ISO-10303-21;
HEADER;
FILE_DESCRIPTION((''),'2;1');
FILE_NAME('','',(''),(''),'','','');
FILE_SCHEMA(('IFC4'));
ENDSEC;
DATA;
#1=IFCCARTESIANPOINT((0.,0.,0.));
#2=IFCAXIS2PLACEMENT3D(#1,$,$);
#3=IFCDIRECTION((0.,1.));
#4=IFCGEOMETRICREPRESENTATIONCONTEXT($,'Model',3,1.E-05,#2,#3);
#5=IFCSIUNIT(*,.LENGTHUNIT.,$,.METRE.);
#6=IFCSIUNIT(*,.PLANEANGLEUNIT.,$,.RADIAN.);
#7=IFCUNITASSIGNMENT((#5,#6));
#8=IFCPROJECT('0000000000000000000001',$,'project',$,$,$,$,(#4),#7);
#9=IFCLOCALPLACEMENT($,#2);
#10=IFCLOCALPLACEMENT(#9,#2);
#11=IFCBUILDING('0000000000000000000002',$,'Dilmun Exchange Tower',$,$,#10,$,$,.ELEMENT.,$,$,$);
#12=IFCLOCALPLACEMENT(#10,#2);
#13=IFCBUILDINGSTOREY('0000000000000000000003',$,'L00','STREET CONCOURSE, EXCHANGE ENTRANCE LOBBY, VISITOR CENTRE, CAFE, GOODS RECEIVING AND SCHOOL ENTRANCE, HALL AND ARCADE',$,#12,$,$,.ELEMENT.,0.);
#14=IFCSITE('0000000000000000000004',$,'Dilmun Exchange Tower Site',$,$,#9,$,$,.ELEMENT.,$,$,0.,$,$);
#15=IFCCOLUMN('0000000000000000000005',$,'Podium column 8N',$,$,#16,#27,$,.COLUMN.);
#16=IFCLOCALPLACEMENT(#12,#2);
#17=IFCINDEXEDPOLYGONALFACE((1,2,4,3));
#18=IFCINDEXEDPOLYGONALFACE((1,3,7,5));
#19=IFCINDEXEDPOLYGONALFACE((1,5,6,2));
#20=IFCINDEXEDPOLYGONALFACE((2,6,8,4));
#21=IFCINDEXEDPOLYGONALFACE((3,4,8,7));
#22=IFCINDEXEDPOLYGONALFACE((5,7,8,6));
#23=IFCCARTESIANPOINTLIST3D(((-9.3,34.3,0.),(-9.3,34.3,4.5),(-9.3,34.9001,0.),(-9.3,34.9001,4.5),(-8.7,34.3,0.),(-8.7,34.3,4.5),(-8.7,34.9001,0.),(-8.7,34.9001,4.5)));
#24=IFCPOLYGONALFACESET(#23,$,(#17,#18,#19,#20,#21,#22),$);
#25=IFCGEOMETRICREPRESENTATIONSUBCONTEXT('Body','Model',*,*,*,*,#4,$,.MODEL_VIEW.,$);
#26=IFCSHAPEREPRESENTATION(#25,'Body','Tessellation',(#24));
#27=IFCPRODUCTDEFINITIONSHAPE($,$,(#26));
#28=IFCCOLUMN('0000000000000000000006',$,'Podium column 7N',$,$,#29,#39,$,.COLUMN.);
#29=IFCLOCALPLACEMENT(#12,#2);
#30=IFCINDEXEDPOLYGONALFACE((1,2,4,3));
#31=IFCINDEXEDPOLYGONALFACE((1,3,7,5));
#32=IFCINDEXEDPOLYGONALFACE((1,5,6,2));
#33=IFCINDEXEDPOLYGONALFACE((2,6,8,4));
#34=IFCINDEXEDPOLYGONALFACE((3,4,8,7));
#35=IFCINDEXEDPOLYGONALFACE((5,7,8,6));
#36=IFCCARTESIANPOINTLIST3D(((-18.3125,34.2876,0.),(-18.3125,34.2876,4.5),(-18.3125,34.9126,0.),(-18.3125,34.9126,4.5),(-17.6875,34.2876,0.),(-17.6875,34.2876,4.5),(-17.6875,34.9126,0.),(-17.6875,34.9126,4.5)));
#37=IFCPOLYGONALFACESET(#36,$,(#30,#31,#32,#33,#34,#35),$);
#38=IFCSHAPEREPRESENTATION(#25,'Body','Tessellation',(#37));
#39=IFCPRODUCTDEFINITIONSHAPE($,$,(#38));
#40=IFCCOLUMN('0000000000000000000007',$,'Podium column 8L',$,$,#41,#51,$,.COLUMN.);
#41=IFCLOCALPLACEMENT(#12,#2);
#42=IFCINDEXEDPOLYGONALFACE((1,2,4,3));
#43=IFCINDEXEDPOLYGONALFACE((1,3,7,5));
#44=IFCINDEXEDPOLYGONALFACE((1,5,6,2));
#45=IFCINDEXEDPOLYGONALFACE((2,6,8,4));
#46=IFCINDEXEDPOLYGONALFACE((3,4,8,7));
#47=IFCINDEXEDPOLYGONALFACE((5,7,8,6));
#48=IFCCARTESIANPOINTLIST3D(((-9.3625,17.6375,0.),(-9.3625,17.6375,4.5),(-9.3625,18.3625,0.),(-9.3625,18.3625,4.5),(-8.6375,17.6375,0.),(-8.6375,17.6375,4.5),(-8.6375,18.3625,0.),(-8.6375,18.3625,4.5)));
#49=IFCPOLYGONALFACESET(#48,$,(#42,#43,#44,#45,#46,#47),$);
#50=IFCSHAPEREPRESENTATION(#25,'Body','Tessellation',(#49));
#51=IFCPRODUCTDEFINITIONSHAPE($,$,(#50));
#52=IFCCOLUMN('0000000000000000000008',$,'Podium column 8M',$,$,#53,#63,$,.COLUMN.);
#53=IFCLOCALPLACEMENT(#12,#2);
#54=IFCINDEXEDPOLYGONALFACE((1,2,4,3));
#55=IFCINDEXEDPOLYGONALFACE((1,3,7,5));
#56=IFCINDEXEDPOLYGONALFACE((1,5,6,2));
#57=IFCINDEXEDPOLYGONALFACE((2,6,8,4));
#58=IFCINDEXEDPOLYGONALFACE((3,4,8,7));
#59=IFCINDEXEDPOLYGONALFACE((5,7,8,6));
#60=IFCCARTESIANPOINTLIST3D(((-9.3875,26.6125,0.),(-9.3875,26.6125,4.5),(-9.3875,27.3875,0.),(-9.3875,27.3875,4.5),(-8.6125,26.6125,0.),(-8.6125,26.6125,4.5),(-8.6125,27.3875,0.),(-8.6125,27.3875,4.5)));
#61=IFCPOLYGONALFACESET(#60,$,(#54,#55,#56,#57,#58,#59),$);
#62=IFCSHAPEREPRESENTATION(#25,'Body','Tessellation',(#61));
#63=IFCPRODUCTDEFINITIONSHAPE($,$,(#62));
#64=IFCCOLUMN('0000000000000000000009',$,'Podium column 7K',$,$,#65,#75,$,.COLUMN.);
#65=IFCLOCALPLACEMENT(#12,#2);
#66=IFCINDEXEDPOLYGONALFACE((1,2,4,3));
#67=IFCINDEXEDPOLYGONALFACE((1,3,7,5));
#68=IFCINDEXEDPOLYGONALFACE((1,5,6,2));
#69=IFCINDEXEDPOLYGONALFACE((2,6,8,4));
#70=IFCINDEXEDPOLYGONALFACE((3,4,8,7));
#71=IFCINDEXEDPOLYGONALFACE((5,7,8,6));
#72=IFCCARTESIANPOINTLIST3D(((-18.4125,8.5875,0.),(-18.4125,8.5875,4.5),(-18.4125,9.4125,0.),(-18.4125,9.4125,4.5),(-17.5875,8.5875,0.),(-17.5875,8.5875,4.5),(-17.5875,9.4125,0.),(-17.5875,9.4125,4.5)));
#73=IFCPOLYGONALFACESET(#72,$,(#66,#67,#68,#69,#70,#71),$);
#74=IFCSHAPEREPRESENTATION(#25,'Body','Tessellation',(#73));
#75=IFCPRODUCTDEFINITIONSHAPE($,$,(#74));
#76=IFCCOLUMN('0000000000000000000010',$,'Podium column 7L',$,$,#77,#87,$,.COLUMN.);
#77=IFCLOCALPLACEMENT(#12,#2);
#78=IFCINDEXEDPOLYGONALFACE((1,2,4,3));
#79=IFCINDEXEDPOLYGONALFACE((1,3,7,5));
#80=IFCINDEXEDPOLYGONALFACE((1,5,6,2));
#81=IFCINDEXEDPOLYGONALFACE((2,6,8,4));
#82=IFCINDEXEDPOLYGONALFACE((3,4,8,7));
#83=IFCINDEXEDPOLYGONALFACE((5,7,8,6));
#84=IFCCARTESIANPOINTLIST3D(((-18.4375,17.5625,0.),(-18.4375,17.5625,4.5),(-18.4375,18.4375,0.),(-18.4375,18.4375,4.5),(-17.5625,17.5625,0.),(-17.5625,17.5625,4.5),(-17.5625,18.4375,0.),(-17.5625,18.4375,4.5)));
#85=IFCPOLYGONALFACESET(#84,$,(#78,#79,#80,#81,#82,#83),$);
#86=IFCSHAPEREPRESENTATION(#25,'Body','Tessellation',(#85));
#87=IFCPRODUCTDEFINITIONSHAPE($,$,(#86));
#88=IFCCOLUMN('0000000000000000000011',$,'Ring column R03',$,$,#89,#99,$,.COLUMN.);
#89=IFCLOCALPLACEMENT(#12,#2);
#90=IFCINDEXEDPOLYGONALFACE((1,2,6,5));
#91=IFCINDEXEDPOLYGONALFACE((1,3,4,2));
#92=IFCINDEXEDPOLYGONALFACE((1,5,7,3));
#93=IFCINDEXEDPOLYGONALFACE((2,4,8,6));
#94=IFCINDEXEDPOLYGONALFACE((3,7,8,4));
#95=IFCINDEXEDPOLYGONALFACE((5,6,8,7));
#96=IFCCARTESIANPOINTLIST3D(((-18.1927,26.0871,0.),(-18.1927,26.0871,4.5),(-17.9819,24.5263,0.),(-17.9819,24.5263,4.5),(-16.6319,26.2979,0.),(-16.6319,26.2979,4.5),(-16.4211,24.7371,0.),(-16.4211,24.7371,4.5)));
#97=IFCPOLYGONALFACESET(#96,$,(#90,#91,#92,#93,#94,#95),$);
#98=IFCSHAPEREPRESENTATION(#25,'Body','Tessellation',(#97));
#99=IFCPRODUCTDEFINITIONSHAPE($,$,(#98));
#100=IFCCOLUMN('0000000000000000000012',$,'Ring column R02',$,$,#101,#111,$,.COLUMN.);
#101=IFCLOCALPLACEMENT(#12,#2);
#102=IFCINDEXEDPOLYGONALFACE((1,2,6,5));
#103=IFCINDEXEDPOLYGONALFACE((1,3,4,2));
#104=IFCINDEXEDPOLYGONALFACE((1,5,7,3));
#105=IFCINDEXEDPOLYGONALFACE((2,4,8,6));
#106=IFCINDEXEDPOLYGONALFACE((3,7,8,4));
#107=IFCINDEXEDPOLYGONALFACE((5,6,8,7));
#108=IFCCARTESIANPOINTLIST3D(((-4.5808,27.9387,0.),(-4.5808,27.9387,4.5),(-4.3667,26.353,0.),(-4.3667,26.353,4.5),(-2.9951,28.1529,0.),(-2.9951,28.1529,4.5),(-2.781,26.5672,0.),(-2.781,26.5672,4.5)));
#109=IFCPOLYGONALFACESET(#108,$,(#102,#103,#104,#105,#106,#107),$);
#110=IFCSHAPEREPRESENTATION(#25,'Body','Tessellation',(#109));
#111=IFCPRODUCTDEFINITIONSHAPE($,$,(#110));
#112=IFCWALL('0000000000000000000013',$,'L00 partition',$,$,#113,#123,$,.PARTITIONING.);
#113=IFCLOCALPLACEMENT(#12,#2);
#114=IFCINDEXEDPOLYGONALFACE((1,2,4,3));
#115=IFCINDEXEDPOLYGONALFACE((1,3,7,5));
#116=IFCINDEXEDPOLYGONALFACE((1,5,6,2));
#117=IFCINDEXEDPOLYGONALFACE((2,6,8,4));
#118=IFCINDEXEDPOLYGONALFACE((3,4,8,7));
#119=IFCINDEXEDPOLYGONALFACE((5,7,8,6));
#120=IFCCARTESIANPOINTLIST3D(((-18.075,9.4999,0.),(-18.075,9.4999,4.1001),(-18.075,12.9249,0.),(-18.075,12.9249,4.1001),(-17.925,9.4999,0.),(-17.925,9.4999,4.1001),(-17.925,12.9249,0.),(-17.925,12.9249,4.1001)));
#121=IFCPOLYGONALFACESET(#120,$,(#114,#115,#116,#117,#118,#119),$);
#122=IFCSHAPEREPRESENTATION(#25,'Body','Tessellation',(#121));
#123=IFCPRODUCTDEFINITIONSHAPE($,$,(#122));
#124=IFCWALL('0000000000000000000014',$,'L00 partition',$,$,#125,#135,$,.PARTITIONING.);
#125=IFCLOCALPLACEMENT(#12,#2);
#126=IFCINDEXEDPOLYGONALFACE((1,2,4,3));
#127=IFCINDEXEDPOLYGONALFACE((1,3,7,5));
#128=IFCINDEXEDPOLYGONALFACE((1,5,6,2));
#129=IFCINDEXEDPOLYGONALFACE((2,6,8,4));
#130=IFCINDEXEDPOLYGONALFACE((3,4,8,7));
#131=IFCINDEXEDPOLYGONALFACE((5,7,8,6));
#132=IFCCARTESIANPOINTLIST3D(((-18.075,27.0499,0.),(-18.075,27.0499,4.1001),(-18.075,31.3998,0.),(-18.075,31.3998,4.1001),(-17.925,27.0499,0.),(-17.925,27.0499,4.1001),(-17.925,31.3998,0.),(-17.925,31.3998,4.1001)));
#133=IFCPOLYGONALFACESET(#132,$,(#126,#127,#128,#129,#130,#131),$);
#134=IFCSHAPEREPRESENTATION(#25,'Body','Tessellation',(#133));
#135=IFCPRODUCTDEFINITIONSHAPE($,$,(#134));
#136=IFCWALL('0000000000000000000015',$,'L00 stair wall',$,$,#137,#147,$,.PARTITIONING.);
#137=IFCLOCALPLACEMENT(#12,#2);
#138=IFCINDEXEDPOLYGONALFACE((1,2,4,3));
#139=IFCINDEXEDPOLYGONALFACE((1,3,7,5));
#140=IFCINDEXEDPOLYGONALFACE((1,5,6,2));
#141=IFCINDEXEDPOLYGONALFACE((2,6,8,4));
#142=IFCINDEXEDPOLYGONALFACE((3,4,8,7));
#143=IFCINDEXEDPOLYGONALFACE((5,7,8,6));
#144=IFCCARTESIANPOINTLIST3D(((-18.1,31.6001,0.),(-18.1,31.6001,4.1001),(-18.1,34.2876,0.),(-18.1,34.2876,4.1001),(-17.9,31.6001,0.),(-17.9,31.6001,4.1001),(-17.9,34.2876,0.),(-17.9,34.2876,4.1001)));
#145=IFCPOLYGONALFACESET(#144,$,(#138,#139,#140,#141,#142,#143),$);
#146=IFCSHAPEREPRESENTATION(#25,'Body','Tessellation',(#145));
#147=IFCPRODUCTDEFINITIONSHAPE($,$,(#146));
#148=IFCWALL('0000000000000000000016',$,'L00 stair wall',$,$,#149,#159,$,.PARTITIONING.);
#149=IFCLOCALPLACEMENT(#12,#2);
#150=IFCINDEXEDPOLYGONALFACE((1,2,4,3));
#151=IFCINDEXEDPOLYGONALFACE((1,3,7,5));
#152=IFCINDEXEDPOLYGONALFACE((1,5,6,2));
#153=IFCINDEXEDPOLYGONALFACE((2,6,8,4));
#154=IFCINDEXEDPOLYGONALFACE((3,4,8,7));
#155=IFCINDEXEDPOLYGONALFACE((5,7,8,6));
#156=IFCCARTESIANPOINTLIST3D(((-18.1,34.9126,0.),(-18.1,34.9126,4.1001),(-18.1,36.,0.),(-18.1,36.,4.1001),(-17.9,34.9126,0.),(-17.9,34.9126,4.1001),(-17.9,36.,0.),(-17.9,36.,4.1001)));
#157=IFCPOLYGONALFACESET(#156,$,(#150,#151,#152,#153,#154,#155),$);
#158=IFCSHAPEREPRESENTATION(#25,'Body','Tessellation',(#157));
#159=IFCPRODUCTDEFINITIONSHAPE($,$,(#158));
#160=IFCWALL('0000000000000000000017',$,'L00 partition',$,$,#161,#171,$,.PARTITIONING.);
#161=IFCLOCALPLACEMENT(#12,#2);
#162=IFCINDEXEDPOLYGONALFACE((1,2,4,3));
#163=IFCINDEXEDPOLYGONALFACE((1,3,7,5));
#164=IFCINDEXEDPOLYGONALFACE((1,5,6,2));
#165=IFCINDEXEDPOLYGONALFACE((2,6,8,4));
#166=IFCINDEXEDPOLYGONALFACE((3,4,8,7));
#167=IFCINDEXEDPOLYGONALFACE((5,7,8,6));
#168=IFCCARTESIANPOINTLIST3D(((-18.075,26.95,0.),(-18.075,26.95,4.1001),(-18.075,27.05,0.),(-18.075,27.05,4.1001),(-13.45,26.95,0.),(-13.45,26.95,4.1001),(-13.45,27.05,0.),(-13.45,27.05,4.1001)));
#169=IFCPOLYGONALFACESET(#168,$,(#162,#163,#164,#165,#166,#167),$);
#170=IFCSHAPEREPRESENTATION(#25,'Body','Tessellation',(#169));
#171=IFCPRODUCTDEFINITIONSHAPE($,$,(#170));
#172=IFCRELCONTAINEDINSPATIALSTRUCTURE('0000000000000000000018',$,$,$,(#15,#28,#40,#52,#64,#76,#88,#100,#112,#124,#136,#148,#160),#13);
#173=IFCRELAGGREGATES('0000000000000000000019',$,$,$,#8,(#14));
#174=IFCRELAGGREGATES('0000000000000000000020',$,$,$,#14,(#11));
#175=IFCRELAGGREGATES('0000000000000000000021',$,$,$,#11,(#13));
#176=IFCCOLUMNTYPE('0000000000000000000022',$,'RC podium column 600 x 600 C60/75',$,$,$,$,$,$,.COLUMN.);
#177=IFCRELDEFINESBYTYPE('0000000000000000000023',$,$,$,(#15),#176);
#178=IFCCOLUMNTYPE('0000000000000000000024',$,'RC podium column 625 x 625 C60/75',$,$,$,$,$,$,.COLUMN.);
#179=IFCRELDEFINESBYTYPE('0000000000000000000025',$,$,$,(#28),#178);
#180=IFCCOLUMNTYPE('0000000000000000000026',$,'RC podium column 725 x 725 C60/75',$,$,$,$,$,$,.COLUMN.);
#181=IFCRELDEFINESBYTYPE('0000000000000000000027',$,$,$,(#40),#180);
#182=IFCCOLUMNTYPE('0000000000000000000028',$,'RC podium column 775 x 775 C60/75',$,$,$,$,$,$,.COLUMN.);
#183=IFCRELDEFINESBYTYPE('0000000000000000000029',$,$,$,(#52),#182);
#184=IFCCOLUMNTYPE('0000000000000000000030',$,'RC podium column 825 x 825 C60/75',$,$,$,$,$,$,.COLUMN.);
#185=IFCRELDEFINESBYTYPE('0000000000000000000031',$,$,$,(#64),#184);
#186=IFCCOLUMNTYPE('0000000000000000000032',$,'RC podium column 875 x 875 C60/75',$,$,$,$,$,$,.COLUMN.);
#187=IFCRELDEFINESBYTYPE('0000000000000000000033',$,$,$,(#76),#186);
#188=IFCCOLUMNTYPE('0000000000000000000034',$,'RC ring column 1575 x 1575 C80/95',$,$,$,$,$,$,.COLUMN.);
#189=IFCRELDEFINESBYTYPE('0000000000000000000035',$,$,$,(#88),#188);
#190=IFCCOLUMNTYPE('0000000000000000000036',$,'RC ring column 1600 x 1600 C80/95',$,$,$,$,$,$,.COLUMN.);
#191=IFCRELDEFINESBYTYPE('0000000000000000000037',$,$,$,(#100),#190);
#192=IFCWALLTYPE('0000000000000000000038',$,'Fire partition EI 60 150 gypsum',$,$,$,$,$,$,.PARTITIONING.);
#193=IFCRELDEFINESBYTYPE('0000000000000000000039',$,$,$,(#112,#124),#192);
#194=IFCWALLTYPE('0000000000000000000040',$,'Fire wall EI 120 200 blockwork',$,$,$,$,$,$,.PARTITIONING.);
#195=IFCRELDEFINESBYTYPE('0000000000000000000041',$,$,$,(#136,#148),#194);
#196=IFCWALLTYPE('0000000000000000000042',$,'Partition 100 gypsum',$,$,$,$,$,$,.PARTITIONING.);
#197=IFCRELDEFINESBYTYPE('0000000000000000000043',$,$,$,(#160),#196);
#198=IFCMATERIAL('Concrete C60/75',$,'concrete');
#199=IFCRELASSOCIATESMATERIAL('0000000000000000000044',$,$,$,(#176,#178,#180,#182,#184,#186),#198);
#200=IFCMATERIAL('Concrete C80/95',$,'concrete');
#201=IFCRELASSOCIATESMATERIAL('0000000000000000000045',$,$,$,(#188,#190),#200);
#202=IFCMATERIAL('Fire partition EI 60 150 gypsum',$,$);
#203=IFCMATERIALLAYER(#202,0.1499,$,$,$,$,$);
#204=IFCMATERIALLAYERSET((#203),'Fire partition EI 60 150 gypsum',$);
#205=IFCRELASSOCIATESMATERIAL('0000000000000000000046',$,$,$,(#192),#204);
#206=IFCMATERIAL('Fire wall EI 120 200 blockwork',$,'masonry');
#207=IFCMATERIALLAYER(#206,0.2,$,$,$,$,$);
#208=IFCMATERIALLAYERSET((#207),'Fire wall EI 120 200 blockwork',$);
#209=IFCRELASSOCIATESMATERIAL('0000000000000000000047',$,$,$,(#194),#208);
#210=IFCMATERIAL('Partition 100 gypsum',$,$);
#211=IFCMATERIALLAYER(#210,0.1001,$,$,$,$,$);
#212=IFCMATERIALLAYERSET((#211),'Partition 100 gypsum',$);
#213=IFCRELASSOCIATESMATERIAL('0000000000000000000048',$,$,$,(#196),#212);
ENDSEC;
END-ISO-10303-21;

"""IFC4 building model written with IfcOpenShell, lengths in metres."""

from ifc_helpers import new_model, si_unit, direction, frame, frame_2d, origin, origin_2d, place, context, subcontext, project, spatial, rectangle, extrude, material, layer, layer_set, material_profile, profile_set, type_object, element, save


model = new_model("IFC4")

# Units and contexts
model_context = context("Model", 3, precision=1e-05, world=origin(), true_north=direction((0.0, 1.0)))
body_context = subcontext(model_context, "Body", "Model", "MODEL_VIEW")
ifc_project = project(units=[si_unit("LENGTHUNIT", "METRE"), si_unit("PLANEANGLEUNIT", "RADIAN")], contexts=[model_context])

# Site, building, storey
site_placement = place(None, origin())
site = spatial("IfcSite", under=ifc_project, at=site_placement, Name="Dilmun Exchange Tower Site", CompositionType="ELEMENT", RefElevation=0.0)
building_placement = place(site_placement, origin())
building = spatial("IfcBuilding", under=site, at=building_placement, Name="Dilmun Exchange Tower", CompositionType="ELEMENT")
storey_placement = place(building_placement, origin())
storey = spatial("IfcBuildingStorey", under=building, at=storey_placement, Name="L00", Description="STREET CONCOURSE, EXCHANGE ENTRANCE LOBBY, VISITOR CENTRE, CAFE, GOODS RECEIVING AND SCHOOL ENTRANCE, HALL AND ARCADE", CompositionType="ELEMENT", Elevation=0.0)

# Columns
ifc_material_1 = material(Name="Concrete C60/75", Category="concrete")
ifc_material_profile_1 = material_profile(ifc_material_1, rectangle(XDim=0.6001, YDim=0.6001, at=origin_2d()), Name="600 x 600")
ifc_profile_set_1 = profile_set([ifc_material_profile_1], Name="Concrete C60/75")
column_type_1 = type_object("IfcColumnType", Name="RC podium column 600 x 600 C60/75", PredefinedType="COLUMN", material=ifc_profile_set_1)
column_1_placement = place(storey_placement, frame((-9.0, 34.6001, 0.0), z_axis=(0.0, 0.0, 1.0), x_axis=(1.0, 0.0, 0.0)))
element("IfcColumn", 1, at=column_1_placement, inside=storey, type_object=column_type_1, Name="Podium column 8N", PredefinedType="COLUMN", context=body_context, shape_type="SweptSolid", body=[
    extrude(rectangle(XDim=0.6001, YDim=0.6001, at=origin_2d()), origin(), (0.0, 0.0, 1.0), 4.5),
])
ifc_material_profile_2 = material_profile(ifc_material_1, rectangle(XDim=0.625, YDim=0.625, at=origin_2d()), Name="625 x 625")
ifc_profile_set_2 = profile_set([ifc_material_profile_2], Name="Concrete C60/75")
column_type_2 = type_object("IfcColumnType", Name="RC podium column 625 x 625 C60/75", PredefinedType="COLUMN", material=ifc_profile_set_2)
column_2_placement = place(storey_placement, frame((-18.0, 34.6001, 0.0), z_axis=(0.0, 0.0, 1.0), x_axis=(1.0, 0.0, 0.0)))
element("IfcColumn", 2, at=column_2_placement, inside=storey, type_object=column_type_2, Name="Podium column 7N", PredefinedType="COLUMN", context=body_context, shape_type="SweptSolid", body=[
    extrude(rectangle(XDim=0.625, YDim=0.625, at=origin_2d()), origin(), (0.0, 0.0, 1.0), 4.5),
])
ifc_material_profile_3 = material_profile(ifc_material_1, rectangle(XDim=0.7251, YDim=0.7251, at=origin_2d()), Name="725 x 725")
ifc_profile_set_3 = profile_set([ifc_material_profile_3], Name="Concrete C60/75")
column_type_3 = type_object("IfcColumnType", Name="RC podium column 725 x 725 C60/75", PredefinedType="COLUMN", material=ifc_profile_set_3)
column_3_placement = place(storey_placement, frame((-9.0, 18.0, 0.0), z_axis=(0.0, 0.0, 1.0), x_axis=(1.0, 0.0, 0.0)))
element("IfcColumn", 3, at=column_3_placement, inside=storey, type_object=column_type_3, Name="Podium column 8L", PredefinedType="COLUMN", context=body_context, shape_type="SweptSolid", body=[
    extrude(rectangle(XDim=0.7251, YDim=0.7251, at=origin_2d()), origin(), (0.0, 0.0, 1.0), 4.5),
])
ifc_material_profile_4 = material_profile(ifc_material_1, rectangle(XDim=0.7749, YDim=0.7749, at=origin_2d()), Name="775 x 775")
ifc_profile_set_4 = profile_set([ifc_material_profile_4], Name="Concrete C60/75")
column_type_4 = type_object("IfcColumnType", Name="RC podium column 775 x 775 C60/75", PredefinedType="COLUMN", material=ifc_profile_set_4)
column_4_placement = place(storey_placement, frame((-9.0, 27.0, 0.0), z_axis=(0.0, 0.0, 1.0), x_axis=(1.0, 0.0, 0.0)))
element("IfcColumn", 4, at=column_4_placement, inside=storey, type_object=column_type_4, Name="Podium column 8M", PredefinedType="COLUMN", context=body_context, shape_type="SweptSolid", body=[
    extrude(rectangle(XDim=0.7749, YDim=0.7749, at=origin_2d()), origin(), (0.0, 0.0, 1.0), 4.5),
])
ifc_material_profile_5 = material_profile(ifc_material_1, rectangle(XDim=0.825, YDim=0.825, at=origin_2d()), Name="825 x 825")
ifc_profile_set_5 = profile_set([ifc_material_profile_5], Name="Concrete C60/75")
column_type_5 = type_object("IfcColumnType", Name="RC podium column 825 x 825 C60/75", PredefinedType="COLUMN", material=ifc_profile_set_5)
column_5_placement = place(storey_placement, frame((-18.0, 9.0, 0.0), z_axis=(0.0, 0.0, 1.0), x_axis=(1.0, 0.0, 0.0)))
element("IfcColumn", 5, at=column_5_placement, inside=storey, type_object=column_type_5, Name="Podium column 7K", PredefinedType="COLUMN", context=body_context, shape_type="SweptSolid", body=[
    extrude(rectangle(XDim=0.825, YDim=0.825, at=origin_2d()), origin(), (0.0, 0.0, 1.0), 4.5),
])
ifc_material_profile_6 = material_profile(ifc_material_1, rectangle(XDim=0.875, YDim=0.875, at=origin_2d()), Name="875 x 875")
ifc_profile_set_6 = profile_set([ifc_material_profile_6], Name="Concrete C60/75")
column_type_6 = type_object("IfcColumnType", Name="RC podium column 875 x 875 C60/75", PredefinedType="COLUMN", material=ifc_profile_set_6)
column_6_placement = place(storey_placement, frame((-18.0, 18.0, 0.0), z_axis=(0.0, 0.0, 1.0), x_axis=(1.0, 0.0, 0.0)))
element("IfcColumn", 6, at=column_6_placement, inside=storey, type_object=column_type_6, Name="Podium column 7L", PredefinedType="COLUMN", context=body_context, shape_type="SweptSolid", body=[
    extrude(rectangle(XDim=0.875, YDim=0.875, at=origin_2d()), origin(), (0.0, 0.0, 1.0), 4.5),
])
ifc_material_2 = material(Name="Concrete C80/95", Category="concrete")
ifc_material_profile_7 = material_profile(ifc_material_2, rectangle(XDim=1.575, YDim=1.575, at=origin_2d()), Name="1575 x 1575")
ifc_profile_set_7 = profile_set([ifc_material_profile_7], Name="Concrete C80/95")
column_type_7 = type_object("IfcColumnType", Name="RC ring column 1575 x 1575 C80/95", PredefinedType="COLUMN", material=ifc_profile_set_7)
column_7_placement = place(storey_placement, frame((-17.3069, 25.4121, 0.0), z_axis=(0.0, 0.0, 1.0), x_axis=(0.991001, 0.133853, 0.0)))
element("IfcColumn", 7, at=column_7_placement, inside=storey, type_object=column_type_7, Name="Ring column R03", PredefinedType="COLUMN", context=body_context, shape_type="SweptSolid", body=[
    extrude(rectangle(XDim=1.575, YDim=1.575, at=origin_2d()), origin(), (0.0, 0.0, 1.0), 4.5),
])
ifc_material_profile_8 = material_profile(ifc_material_2, rectangle(XDim=1.6001, YDim=1.6001, at=origin_2d()), Name="1600 x 1600")
ifc_profile_set_8 = profile_set([ifc_material_profile_8], Name="Concrete C80/95")
column_type_8 = type_object("IfcColumnType", Name="RC ring column 1600 x 1600 C80/95", PredefinedType="COLUMN", material=ifc_profile_set_8)
column_8_placement = place(storey_placement, frame((-3.6809, 27.2529, 0.0), z_axis=(0.0, 0.0, 1.0), x_axis=(0.991001, 0.133853, 0.0)))
element("IfcColumn", 8, at=column_8_placement, inside=storey, type_object=column_type_8, Name="Ring column R02", PredefinedType="COLUMN", context=body_context, shape_type="SweptSolid", body=[
    extrude(rectangle(XDim=1.6001, YDim=1.6001, at=origin_2d()), origin(), (0.0, 0.0, 1.0), 4.5),
])

# Walls
ifc_material_3 = material(Name="Fire partition EI 60 150 gypsum")
ifc_layer_1 = layer(ifc_material_3, 0.1499)
ifc_layer_set_1 = layer_set([ifc_layer_1], Name="Fire partition EI 60 150 gypsum")
wall_type_1 = type_object("IfcWallType", Name="Fire partition EI 60 150 gypsum", PredefinedType="PARTITIONING", material=ifc_layer_set_1)
wall_1_placement = place(storey_placement, frame((-18.0, 9.5, 0.0), z_axis=(0.0, 0.0, 1.0), x_axis=(0.0, 1.0, 0.0)))
element("IfcWall", 9, at=wall_1_placement, inside=storey, type_object=wall_type_1, Name="L00 partition", PredefinedType="PARTITIONING", context=body_context, shape_type="SweptSolid", body=[
    extrude(rectangle(XDim=3.425, YDim=0.1499, at=frame_2d((1.7124, 0.0))), origin(), (0.0, 0.0, 1.0), 4.1001),
])
wall_2_placement = place(storey_placement, frame((-18.0, 27.05, 0.0), z_axis=(0.0, 0.0, 1.0), x_axis=(0.0, 1.0, 0.0)))
element("IfcWall", 10, at=wall_2_placement, inside=storey, type_object=wall_type_1, Name="L00 partition", PredefinedType="PARTITIONING", context=body_context, shape_type="SweptSolid", body=[
    extrude(rectangle(XDim=4.3499, YDim=0.1499, at=frame_2d((2.1748, 0.0))), origin(), (0.0, 0.0, 1.0), 4.1001),
])
ifc_material_4 = material(Name="Fire wall EI 120 200 blockwork", Category="masonry")
ifc_layer_2 = layer(ifc_material_4, 0.2)
ifc_layer_set_2 = layer_set([ifc_layer_2], Name="Fire wall EI 120 200 blockwork")
wall_type_2 = type_object("IfcWallType", Name="Fire wall EI 120 200 blockwork", PredefinedType="PARTITIONING", material=ifc_layer_set_2)
wall_3_placement = place(storey_placement, frame((-18.0, 31.6001, 0.0), z_axis=(0.0, 0.0, 1.0), x_axis=(0.0, 1.0, 0.0)))
element("IfcWall", 11, at=wall_3_placement, inside=storey, type_object=wall_type_2, Name="L00 stair wall", PredefinedType="PARTITIONING", context=body_context, shape_type="SweptSolid", body=[
    extrude(rectangle(XDim=2.6875, YDim=0.2, at=frame_2d((1.3438, 0.0))), origin(), (0.0, 0.0, 1.0), 4.1001),
])
wall_4_placement = place(storey_placement, frame((-18.0, 34.9126, 0.0), z_axis=(0.0, 0.0, 1.0), x_axis=(0.0, 1.0, 0.0)))
element("IfcWall", 12, at=wall_4_placement, inside=storey, type_object=wall_type_2, Name="L00 stair wall", PredefinedType="PARTITIONING", context=body_context, shape_type="SweptSolid", body=[
    extrude(rectangle(XDim=1.0874, YDim=0.2, at=frame_2d((0.5437, 0.0))), origin(), (0.0, 0.0, 1.0), 4.1001),
])
ifc_material_5 = material(Name="Partition 100 gypsum")
ifc_layer_3 = layer(ifc_material_5, 0.1001)
ifc_layer_set_3 = layer_set([ifc_layer_3], Name="Partition 100 gypsum")
wall_type_3 = type_object("IfcWallType", Name="Partition 100 gypsum", PredefinedType="PARTITIONING", material=ifc_layer_set_3)
wall_5_placement = place(storey_placement, frame((-18.075, 27.0, 0.0), z_axis=(0.0, 0.0, 1.0), x_axis=(1.0, 0.0, 0.0)))
element("IfcWall", 13, at=wall_5_placement, inside=storey, type_object=wall_type_3, Name="L00 partition", PredefinedType="PARTITIONING", context=body_context, shape_type="SweptSolid", body=[
    extrude(rectangle(XDim=4.625, YDim=0.1001, at=frame_2d((2.3125, 0.0))), origin(), (0.0, 0.0, 1.0), 4.1001),
])

save(model, "model.ifc")
